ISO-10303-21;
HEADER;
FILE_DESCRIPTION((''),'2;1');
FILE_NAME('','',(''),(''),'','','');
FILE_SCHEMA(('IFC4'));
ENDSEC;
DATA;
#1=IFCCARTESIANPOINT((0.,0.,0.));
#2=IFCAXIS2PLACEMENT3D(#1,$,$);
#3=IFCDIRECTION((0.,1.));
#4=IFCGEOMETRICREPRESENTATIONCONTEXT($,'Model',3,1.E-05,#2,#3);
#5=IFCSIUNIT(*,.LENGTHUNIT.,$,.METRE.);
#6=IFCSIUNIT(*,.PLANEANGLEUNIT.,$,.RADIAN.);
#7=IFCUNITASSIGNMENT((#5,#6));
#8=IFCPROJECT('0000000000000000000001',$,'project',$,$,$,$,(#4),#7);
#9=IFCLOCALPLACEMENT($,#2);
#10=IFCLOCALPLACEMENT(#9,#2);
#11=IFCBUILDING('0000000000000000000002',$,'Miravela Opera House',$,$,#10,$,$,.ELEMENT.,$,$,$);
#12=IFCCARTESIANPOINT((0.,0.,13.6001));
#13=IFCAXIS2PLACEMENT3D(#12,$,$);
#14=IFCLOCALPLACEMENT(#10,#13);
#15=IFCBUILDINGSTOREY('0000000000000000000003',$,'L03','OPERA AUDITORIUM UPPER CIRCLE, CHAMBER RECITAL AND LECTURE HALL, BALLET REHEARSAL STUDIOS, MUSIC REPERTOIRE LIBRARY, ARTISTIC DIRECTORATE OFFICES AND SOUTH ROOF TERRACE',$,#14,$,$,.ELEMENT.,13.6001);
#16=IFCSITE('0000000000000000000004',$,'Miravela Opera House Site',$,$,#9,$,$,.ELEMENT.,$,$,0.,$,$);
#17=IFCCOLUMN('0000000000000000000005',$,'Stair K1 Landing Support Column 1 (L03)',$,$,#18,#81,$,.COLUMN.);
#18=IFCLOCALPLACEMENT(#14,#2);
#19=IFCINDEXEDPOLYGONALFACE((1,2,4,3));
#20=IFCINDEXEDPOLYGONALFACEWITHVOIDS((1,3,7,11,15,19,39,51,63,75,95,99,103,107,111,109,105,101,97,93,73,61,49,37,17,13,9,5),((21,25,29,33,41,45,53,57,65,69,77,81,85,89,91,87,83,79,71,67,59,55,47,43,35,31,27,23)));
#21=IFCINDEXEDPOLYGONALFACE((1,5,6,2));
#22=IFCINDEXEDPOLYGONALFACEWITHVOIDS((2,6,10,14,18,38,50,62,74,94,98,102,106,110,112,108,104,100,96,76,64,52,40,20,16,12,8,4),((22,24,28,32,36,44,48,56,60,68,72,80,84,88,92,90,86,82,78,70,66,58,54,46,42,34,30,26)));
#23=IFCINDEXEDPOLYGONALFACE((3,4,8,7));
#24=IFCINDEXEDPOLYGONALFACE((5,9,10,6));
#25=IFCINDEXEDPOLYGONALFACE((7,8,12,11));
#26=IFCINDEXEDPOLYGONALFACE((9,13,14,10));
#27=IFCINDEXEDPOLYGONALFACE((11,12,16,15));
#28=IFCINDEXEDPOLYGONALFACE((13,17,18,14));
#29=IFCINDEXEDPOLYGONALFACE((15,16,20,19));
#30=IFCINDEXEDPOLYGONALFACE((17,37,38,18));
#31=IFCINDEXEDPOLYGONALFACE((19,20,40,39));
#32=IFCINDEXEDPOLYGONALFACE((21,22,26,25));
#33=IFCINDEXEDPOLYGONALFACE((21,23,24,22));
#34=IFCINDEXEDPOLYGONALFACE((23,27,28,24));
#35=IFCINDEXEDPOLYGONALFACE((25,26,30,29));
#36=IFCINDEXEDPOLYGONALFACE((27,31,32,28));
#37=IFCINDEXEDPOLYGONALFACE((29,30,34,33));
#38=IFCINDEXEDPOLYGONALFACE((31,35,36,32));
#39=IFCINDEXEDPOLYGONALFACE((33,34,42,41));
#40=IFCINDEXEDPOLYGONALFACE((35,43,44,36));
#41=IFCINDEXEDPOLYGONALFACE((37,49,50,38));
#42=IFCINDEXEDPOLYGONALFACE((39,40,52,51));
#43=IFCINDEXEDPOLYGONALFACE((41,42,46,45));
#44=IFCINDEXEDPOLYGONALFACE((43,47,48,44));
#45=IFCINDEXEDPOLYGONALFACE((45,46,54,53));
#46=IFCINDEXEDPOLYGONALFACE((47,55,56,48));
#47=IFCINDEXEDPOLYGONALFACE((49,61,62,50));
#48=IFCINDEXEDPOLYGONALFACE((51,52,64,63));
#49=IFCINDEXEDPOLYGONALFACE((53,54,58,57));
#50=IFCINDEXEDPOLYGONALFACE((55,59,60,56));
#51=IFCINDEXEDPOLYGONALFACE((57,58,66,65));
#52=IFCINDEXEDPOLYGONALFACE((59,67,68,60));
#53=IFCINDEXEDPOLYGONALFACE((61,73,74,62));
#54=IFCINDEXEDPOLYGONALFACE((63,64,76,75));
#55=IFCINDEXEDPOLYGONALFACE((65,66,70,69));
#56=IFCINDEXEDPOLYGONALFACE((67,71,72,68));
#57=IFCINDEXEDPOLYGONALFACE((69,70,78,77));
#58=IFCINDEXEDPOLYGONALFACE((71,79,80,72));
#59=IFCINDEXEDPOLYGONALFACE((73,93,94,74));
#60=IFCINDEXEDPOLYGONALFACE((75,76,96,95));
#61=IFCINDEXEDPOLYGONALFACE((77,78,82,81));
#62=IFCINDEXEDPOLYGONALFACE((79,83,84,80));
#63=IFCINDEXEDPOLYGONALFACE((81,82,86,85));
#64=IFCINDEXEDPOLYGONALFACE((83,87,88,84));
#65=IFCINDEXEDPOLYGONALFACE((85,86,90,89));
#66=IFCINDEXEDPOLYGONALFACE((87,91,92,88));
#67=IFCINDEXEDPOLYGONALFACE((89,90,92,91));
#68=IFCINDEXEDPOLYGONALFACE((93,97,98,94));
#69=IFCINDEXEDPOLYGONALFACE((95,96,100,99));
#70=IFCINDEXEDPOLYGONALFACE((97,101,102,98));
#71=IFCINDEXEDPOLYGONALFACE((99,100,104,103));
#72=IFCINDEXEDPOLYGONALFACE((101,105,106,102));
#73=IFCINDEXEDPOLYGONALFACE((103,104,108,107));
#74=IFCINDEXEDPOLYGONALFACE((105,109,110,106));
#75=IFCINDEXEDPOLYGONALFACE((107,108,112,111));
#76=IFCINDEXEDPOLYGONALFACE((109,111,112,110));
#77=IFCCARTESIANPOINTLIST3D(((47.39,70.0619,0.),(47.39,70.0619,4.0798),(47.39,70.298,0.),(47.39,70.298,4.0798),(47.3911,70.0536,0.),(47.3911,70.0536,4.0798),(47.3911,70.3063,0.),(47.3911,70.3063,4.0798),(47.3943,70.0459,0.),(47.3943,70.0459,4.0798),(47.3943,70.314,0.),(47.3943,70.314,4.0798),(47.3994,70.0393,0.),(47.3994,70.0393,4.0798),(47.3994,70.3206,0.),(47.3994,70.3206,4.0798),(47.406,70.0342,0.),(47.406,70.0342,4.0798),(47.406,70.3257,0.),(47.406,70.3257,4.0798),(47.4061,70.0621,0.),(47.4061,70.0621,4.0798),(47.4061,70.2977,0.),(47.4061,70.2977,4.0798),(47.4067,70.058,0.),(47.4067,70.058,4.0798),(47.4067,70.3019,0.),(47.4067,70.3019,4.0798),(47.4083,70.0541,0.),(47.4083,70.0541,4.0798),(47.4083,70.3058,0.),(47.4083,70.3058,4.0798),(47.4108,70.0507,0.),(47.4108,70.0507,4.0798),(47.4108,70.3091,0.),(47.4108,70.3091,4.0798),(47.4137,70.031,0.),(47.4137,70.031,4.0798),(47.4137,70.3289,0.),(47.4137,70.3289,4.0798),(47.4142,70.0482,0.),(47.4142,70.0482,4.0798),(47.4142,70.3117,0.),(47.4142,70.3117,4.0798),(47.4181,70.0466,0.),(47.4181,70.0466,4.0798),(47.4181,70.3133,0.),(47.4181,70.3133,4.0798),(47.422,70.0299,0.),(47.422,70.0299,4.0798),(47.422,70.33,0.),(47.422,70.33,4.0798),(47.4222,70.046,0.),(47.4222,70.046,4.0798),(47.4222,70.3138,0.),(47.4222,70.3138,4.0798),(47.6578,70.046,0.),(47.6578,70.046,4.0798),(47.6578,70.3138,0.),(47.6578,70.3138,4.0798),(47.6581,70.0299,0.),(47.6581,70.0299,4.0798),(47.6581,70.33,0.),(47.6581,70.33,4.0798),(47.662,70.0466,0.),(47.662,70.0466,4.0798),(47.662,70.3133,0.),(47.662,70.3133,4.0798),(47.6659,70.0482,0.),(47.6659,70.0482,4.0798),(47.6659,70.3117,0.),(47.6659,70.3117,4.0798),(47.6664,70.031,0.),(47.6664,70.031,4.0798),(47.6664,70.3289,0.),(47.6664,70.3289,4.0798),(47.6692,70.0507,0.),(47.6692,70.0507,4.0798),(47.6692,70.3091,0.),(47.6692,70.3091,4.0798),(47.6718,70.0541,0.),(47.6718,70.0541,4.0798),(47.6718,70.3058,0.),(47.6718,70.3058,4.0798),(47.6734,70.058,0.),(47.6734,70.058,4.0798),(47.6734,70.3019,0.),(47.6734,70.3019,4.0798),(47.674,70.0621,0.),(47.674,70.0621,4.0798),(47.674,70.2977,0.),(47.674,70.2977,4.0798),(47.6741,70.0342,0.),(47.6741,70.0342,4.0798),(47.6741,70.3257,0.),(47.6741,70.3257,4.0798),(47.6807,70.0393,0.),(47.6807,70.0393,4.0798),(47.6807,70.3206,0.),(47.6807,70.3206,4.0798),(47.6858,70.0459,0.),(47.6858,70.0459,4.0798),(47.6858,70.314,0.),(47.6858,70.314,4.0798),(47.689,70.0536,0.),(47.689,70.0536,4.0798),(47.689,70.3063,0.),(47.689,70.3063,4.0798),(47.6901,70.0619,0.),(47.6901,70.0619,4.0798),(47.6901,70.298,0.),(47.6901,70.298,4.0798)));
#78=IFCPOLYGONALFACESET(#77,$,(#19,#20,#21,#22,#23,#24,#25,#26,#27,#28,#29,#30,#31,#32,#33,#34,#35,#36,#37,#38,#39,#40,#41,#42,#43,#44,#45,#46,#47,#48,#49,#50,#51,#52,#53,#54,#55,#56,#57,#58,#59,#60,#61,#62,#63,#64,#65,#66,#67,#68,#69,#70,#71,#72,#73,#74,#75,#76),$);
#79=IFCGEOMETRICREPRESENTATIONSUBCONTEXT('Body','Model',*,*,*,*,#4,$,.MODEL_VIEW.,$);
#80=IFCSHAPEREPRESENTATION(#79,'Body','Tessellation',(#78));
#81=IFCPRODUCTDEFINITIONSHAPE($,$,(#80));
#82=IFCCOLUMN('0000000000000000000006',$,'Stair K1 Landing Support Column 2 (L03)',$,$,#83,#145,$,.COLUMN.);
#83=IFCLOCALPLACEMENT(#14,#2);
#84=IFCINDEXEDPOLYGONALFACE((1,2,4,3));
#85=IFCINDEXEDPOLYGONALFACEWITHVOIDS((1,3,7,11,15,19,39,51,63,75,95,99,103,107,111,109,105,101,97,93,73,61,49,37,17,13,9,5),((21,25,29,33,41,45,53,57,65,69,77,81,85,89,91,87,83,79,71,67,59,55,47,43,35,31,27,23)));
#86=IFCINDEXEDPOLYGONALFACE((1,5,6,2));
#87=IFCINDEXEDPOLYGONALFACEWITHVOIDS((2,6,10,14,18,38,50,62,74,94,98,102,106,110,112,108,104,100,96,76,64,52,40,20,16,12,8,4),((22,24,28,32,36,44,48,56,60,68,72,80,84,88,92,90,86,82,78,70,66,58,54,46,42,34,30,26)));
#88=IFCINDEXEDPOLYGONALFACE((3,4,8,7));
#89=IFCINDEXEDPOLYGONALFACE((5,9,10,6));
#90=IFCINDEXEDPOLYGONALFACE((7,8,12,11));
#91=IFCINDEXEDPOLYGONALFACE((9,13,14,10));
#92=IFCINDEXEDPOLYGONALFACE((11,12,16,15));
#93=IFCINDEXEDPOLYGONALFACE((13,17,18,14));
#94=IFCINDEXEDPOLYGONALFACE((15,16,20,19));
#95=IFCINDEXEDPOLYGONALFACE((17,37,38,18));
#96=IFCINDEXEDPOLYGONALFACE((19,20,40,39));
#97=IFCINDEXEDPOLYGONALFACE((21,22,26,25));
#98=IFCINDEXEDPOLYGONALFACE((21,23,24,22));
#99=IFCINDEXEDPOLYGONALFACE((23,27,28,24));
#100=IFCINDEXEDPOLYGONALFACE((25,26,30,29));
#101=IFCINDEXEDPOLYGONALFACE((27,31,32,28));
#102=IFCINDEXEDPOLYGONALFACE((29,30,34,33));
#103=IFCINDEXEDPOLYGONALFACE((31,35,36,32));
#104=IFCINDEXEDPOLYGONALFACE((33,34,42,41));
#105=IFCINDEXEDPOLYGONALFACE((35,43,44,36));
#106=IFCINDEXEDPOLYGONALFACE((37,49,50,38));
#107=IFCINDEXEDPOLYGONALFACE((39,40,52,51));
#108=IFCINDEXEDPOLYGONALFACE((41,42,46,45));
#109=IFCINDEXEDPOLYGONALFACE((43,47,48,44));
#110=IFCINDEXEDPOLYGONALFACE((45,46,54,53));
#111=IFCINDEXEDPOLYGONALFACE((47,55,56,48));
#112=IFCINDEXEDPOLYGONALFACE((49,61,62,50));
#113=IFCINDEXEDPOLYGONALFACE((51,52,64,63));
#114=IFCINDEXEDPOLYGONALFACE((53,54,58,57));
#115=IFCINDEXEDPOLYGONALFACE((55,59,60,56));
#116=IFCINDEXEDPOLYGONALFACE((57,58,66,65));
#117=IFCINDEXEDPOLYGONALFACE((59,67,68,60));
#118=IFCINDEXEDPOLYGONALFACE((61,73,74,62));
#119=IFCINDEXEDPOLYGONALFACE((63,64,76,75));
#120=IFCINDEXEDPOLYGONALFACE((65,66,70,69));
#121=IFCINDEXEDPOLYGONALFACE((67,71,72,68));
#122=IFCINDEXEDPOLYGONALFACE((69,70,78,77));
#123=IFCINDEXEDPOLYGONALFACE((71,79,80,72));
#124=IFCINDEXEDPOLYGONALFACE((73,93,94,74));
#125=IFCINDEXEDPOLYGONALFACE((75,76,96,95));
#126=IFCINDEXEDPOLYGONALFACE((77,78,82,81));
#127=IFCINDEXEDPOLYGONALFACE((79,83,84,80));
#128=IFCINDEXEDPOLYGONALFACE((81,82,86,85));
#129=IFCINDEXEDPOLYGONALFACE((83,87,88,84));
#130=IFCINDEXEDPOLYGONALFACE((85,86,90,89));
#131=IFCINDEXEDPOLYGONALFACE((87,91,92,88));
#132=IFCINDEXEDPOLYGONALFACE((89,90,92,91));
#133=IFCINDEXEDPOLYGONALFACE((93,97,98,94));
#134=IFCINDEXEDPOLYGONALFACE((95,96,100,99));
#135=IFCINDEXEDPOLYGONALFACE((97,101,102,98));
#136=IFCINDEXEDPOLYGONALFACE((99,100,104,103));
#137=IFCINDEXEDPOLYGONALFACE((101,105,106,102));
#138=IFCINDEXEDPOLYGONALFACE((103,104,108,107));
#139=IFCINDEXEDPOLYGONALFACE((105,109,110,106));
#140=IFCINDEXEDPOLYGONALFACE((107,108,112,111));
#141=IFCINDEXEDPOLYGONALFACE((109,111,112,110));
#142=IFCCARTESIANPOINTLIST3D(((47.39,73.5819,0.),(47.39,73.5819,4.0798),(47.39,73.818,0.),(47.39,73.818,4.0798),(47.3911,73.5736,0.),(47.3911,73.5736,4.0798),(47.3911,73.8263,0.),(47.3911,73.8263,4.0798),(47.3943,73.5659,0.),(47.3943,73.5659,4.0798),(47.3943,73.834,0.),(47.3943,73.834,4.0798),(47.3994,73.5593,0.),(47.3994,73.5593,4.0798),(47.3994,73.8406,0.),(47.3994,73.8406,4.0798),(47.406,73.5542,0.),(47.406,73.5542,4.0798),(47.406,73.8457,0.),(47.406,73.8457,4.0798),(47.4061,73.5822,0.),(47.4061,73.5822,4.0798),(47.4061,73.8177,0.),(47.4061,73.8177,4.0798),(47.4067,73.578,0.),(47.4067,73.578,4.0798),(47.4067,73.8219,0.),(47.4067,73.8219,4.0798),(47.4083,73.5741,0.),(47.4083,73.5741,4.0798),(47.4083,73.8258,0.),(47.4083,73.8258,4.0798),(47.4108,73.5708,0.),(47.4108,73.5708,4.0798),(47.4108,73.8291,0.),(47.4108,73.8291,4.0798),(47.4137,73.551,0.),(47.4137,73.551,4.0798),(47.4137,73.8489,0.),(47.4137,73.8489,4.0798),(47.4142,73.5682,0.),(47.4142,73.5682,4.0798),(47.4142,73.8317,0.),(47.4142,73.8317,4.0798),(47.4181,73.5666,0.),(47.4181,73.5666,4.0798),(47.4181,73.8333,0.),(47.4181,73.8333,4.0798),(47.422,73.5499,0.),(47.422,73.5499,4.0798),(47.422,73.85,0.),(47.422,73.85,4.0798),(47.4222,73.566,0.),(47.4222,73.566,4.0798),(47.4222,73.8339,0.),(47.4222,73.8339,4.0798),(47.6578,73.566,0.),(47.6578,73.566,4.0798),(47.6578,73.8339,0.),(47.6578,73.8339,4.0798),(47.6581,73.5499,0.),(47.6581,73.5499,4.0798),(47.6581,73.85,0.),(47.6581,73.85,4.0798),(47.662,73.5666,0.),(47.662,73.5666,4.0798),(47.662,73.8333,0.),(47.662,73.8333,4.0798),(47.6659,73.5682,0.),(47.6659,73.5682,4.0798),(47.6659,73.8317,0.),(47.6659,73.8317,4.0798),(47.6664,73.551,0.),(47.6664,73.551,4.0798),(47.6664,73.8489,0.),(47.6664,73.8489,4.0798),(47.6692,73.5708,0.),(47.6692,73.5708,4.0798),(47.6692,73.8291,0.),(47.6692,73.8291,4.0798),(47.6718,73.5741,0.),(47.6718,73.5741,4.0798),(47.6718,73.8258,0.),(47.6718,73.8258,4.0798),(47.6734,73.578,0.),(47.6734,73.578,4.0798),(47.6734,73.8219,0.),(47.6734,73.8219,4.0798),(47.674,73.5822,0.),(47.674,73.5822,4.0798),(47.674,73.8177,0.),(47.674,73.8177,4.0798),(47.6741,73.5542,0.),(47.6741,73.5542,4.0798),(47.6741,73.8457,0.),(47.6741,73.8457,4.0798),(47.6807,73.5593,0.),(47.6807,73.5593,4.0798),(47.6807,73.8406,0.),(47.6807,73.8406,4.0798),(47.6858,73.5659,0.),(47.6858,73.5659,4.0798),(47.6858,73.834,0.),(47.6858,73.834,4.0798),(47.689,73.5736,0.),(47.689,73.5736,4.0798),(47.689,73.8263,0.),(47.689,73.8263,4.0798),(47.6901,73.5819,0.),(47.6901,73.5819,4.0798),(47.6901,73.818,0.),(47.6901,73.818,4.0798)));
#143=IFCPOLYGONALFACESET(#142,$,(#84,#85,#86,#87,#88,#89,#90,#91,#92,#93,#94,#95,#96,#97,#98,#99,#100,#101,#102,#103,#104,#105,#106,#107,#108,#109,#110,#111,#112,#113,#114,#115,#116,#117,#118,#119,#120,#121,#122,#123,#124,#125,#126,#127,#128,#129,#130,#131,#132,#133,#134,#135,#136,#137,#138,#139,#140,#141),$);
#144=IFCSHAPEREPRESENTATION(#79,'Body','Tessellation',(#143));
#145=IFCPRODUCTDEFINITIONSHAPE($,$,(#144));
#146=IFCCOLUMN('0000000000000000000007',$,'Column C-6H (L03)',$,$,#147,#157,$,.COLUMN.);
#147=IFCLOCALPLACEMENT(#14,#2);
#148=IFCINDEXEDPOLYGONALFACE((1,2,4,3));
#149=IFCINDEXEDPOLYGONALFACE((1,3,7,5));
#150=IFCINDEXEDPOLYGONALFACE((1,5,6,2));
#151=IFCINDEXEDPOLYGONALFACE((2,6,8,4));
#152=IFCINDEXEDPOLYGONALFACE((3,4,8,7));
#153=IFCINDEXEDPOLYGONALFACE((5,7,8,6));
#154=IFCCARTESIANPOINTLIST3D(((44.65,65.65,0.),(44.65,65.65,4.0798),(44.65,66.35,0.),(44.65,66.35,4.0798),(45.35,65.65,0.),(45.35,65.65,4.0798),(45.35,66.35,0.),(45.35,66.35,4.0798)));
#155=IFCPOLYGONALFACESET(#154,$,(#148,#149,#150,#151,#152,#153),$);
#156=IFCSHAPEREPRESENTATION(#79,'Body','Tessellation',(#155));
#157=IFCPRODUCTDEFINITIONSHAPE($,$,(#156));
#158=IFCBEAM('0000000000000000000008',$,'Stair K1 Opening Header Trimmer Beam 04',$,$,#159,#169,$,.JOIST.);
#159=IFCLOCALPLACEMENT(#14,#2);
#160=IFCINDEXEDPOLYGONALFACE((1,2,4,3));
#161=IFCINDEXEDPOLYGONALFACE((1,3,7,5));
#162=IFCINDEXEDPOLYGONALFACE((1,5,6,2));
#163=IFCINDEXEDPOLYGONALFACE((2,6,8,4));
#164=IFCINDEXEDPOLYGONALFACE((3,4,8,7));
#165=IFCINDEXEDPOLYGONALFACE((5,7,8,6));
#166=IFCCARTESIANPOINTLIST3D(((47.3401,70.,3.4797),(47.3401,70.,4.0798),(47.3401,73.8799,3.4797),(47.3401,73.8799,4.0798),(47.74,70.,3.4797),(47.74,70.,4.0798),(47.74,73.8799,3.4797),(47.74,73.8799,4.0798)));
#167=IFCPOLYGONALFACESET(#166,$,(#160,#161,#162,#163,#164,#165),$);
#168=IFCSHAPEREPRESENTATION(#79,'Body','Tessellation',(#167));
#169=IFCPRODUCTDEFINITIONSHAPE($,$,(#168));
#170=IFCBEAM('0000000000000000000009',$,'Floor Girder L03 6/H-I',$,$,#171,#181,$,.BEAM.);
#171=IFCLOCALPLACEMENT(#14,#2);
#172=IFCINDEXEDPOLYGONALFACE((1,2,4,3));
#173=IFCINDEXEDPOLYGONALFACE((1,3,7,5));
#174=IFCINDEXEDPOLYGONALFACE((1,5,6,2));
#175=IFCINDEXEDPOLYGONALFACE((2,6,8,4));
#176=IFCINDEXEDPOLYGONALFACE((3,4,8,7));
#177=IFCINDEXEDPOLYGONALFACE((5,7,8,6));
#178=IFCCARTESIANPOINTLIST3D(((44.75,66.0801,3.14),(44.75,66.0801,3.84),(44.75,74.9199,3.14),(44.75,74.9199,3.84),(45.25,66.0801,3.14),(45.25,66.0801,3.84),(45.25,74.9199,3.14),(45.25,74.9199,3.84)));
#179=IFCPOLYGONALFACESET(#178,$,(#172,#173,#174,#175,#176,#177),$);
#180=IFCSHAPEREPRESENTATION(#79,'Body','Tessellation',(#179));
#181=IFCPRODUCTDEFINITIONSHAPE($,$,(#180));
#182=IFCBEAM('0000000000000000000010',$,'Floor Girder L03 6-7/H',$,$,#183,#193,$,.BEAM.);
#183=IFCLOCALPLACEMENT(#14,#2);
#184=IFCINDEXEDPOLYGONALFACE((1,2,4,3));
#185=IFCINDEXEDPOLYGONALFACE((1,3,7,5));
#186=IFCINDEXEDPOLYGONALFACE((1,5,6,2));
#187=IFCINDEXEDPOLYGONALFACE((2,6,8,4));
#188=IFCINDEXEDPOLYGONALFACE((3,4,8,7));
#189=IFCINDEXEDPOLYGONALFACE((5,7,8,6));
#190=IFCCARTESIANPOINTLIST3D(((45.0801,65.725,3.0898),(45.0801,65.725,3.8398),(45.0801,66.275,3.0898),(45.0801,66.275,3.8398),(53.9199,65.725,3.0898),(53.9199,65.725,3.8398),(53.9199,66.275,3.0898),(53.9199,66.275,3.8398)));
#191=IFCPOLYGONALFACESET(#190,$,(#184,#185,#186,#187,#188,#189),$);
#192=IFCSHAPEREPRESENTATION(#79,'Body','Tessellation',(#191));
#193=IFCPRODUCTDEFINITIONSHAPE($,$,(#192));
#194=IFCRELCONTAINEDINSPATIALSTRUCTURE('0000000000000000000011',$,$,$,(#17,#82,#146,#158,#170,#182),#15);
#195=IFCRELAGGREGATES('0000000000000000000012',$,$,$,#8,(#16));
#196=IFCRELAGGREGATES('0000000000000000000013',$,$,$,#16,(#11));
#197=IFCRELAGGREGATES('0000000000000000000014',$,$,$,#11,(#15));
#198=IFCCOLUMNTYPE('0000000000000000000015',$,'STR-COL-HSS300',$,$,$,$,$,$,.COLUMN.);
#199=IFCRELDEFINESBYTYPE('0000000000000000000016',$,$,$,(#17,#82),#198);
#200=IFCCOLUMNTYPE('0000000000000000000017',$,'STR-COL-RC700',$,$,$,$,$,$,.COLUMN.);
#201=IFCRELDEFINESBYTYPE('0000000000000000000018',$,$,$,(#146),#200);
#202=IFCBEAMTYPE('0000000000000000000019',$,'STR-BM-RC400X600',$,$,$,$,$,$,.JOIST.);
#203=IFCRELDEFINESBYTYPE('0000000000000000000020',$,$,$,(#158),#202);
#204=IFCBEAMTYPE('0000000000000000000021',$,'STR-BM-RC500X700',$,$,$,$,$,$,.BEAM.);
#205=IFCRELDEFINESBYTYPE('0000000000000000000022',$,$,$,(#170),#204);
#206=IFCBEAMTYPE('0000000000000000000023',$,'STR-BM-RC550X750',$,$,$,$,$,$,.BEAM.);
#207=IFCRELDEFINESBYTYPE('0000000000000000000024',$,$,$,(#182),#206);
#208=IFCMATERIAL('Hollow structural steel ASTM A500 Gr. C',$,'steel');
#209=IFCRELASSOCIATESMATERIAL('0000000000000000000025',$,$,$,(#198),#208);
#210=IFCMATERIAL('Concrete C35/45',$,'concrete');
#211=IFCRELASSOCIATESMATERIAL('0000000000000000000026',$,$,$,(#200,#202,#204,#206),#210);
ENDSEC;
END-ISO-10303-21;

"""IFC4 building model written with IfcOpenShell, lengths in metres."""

from ifc_helpers import new_model, si_unit, direction, frame, origin, origin_2d, place, context, subcontext, project, spatial, rectangle, hollow_rectangle, extrude, material, material_profile, profile_set, type_object, element, save


model = new_model("IFC4")

# Units and contexts
model_context = context("Model", 3, precision=1e-05, world=origin(), true_north=direction((0.0, 1.0)))
body_context = subcontext(model_context, "Body", "Model", "MODEL_VIEW")
ifc_project = project(units=[si_unit("LENGTHUNIT", "METRE"), si_unit("PLANEANGLEUNIT", "RADIAN")], contexts=[model_context])

# Site, building, storey
site_placement = place(None, origin())
site = spatial("IfcSite", under=ifc_project, at=site_placement, Name="Miravela Opera House Site", CompositionType="ELEMENT", RefElevation=0.0)
building_placement = place(site_placement, origin())
building = spatial("IfcBuilding", under=site, at=building_placement, Name="Miravela Opera House", CompositionType="ELEMENT")
storey_placement = place(building_placement, frame((0.0, 0.0, 13.6001)))
storey = spatial("IfcBuildingStorey", under=building, at=storey_placement, Name="L03", Description="OPERA AUDITORIUM UPPER CIRCLE, CHAMBER RECITAL AND LECTURE HALL, BALLET REHEARSAL STUDIOS, MUSIC REPERTOIRE LIBRARY, ARTISTIC DIRECTORATE OFFICES AND SOUTH ROOF TERRACE", CompositionType="ELEMENT", Elevation=13.6001)

# Columns
ifc_material_1 = material(Name="Hollow structural steel ASTM A500 Gr. C", Category="steel")
ifc_material_profile_1 = material_profile(ifc_material_1, hollow_rectangle(XDim=0.3, YDim=0.3, WallThickness=0.0161, InnerFilletRadius=0.0161, OuterFilletRadius=0.032, at=origin_2d()), Name="HSS300X300X16")
ifc_profile_set_1 = profile_set([ifc_material_profile_1])
column_type_1 = type_object("IfcColumnType", Name="STR-COL-HSS300", PredefinedType="COLUMN", material=ifc_profile_set_1)
for number, where, z_axis, x_axis, name in (
    (1, (47.54, 70.1799, 0.0), (0.0, 0.0, 1.0), (1.0, 0.0, 0.0), "Stair K1 Landing Support Column 1 (L03)"),
    (2, (47.54, 73.7, 0.0), (0.0, 0.0, 1.0), (1.0, 0.0, 0.0), "Stair K1 Landing Support Column 2 (L03)"),
):
    element("IfcColumn", number, at=place(storey_placement, frame(where, z_axis=z_axis, x_axis=x_axis)), inside=storey, type_object=column_type_1, Name=name, PredefinedType="COLUMN", context=body_context, shape_type="SweptSolid", body=[
        extrude(hollow_rectangle(XDim=0.3, YDim=0.3, WallThickness=0.0161, InnerFilletRadius=0.0161, OuterFilletRadius=0.032, at=origin_2d()), origin(), (0.0, 0.0, 1.0), 4.0798),
    ])
ifc_material_2 = material(Name="Concrete C35/45", Category="concrete")
ifc_material_profile_2 = material_profile(ifc_material_2, rectangle(XDim=0.7, YDim=0.7, at=origin_2d()), Name="RC-COL-700X700")
ifc_profile_set_2 = profile_set([ifc_material_profile_2])
column_type_2 = type_object("IfcColumnType", Name="STR-COL-RC700", PredefinedType="COLUMN", material=ifc_profile_set_2)
column_placement = place(storey_placement, frame((45.0, 66.0, 0.0), z_axis=(0.0, 0.0, 1.0), x_axis=(1.0, 0.0, 0.0)))
element("IfcColumn", 3, at=column_placement, inside=storey, type_object=column_type_2, Name="Column C-6H (L03)", PredefinedType="COLUMN", context=body_context, shape_type="SweptSolid", body=[
    extrude(rectangle(XDim=0.7, YDim=0.7, at=origin_2d()), origin(), (0.0, 0.0, 1.0), 4.0798),
])

# Beams
ifc_material_profile_3 = material_profile(ifc_material_2, rectangle(XDim=0.3999, YDim=0.6001, at=origin_2d()), Name="RC-BM-400X600")
ifc_profile_set_3 = profile_set([ifc_material_profile_3])
beam_type_1 = type_object("IfcBeamType", Name="STR-BM-RC400X600", PredefinedType="JOIST", material=ifc_profile_set_3)
beam_1_placement = place(storey_placement, frame((47.54, 70.0, 3.7798), z_axis=(0.0, 1.0, 0.0), x_axis=(-1.0, 0.0, 0.0)))
element("IfcBeam", 4, at=beam_1_placement, inside=storey, type_object=beam_type_1, Name="Stair K1 Opening Header Trimmer Beam 04", PredefinedType="JOIST", context=body_context, shape_type="SweptSolid", body=[
    extrude(rectangle(XDim=0.3999, YDim=0.6001, at=origin_2d()), origin(), (0.0, 0.0, 1.0), 3.8799),
])
ifc_material_profile_4 = material_profile(ifc_material_2, rectangle(XDim=0.5, YDim=0.7, at=origin_2d()), Name="RC-BM-500X700")
ifc_profile_set_4 = profile_set([ifc_material_profile_4])
beam_type_2 = type_object("IfcBeamType", Name="STR-BM-RC500X700", PredefinedType="BEAM", material=ifc_profile_set_4)
beam_2_placement = place(storey_placement, frame((45.0, 66.0801, 3.49), z_axis=(0.0, 1.0, 0.0), x_axis=(-1.0, 0.0, 0.0)))
element("IfcBeam", 5, at=beam_2_placement, inside=storey, type_object=beam_type_2, Name="Floor Girder L03 6/H-I", PredefinedType="BEAM", context=body_context, shape_type="SweptSolid", body=[
    extrude(rectangle(XDim=0.5, YDim=0.7, at=origin_2d()), origin(), (0.0, 0.0, 1.0), 8.8398),
])
ifc_material_profile_5 = material_profile(ifc_material_2, rectangle(XDim=0.55, YDim=0.75, at=origin_2d()), Name="RC-BM-550X750")
ifc_profile_set_5 = profile_set([ifc_material_profile_5])
beam_type_3 = type_object("IfcBeamType", Name="STR-BM-RC550X750", PredefinedType="BEAM", material=ifc_profile_set_5)
beam_3_placement = place(storey_placement, frame((45.0801, 66.0, 3.4648), z_axis=(1.0, 0.0, 0.0), x_axis=(0.0, 1.0, 0.0)))
element("IfcBeam", 6, at=beam_3_placement, inside=storey, type_object=beam_type_3, Name="Floor Girder L03 6-7/H", PredefinedType="BEAM", context=body_context, shape_type="SweptSolid", body=[
    extrude(rectangle(XDim=0.55, YDim=0.75, at=origin_2d()), origin(), (0.0, 0.0, 1.0), 8.8398),
])

save(model, "model.ifc")
